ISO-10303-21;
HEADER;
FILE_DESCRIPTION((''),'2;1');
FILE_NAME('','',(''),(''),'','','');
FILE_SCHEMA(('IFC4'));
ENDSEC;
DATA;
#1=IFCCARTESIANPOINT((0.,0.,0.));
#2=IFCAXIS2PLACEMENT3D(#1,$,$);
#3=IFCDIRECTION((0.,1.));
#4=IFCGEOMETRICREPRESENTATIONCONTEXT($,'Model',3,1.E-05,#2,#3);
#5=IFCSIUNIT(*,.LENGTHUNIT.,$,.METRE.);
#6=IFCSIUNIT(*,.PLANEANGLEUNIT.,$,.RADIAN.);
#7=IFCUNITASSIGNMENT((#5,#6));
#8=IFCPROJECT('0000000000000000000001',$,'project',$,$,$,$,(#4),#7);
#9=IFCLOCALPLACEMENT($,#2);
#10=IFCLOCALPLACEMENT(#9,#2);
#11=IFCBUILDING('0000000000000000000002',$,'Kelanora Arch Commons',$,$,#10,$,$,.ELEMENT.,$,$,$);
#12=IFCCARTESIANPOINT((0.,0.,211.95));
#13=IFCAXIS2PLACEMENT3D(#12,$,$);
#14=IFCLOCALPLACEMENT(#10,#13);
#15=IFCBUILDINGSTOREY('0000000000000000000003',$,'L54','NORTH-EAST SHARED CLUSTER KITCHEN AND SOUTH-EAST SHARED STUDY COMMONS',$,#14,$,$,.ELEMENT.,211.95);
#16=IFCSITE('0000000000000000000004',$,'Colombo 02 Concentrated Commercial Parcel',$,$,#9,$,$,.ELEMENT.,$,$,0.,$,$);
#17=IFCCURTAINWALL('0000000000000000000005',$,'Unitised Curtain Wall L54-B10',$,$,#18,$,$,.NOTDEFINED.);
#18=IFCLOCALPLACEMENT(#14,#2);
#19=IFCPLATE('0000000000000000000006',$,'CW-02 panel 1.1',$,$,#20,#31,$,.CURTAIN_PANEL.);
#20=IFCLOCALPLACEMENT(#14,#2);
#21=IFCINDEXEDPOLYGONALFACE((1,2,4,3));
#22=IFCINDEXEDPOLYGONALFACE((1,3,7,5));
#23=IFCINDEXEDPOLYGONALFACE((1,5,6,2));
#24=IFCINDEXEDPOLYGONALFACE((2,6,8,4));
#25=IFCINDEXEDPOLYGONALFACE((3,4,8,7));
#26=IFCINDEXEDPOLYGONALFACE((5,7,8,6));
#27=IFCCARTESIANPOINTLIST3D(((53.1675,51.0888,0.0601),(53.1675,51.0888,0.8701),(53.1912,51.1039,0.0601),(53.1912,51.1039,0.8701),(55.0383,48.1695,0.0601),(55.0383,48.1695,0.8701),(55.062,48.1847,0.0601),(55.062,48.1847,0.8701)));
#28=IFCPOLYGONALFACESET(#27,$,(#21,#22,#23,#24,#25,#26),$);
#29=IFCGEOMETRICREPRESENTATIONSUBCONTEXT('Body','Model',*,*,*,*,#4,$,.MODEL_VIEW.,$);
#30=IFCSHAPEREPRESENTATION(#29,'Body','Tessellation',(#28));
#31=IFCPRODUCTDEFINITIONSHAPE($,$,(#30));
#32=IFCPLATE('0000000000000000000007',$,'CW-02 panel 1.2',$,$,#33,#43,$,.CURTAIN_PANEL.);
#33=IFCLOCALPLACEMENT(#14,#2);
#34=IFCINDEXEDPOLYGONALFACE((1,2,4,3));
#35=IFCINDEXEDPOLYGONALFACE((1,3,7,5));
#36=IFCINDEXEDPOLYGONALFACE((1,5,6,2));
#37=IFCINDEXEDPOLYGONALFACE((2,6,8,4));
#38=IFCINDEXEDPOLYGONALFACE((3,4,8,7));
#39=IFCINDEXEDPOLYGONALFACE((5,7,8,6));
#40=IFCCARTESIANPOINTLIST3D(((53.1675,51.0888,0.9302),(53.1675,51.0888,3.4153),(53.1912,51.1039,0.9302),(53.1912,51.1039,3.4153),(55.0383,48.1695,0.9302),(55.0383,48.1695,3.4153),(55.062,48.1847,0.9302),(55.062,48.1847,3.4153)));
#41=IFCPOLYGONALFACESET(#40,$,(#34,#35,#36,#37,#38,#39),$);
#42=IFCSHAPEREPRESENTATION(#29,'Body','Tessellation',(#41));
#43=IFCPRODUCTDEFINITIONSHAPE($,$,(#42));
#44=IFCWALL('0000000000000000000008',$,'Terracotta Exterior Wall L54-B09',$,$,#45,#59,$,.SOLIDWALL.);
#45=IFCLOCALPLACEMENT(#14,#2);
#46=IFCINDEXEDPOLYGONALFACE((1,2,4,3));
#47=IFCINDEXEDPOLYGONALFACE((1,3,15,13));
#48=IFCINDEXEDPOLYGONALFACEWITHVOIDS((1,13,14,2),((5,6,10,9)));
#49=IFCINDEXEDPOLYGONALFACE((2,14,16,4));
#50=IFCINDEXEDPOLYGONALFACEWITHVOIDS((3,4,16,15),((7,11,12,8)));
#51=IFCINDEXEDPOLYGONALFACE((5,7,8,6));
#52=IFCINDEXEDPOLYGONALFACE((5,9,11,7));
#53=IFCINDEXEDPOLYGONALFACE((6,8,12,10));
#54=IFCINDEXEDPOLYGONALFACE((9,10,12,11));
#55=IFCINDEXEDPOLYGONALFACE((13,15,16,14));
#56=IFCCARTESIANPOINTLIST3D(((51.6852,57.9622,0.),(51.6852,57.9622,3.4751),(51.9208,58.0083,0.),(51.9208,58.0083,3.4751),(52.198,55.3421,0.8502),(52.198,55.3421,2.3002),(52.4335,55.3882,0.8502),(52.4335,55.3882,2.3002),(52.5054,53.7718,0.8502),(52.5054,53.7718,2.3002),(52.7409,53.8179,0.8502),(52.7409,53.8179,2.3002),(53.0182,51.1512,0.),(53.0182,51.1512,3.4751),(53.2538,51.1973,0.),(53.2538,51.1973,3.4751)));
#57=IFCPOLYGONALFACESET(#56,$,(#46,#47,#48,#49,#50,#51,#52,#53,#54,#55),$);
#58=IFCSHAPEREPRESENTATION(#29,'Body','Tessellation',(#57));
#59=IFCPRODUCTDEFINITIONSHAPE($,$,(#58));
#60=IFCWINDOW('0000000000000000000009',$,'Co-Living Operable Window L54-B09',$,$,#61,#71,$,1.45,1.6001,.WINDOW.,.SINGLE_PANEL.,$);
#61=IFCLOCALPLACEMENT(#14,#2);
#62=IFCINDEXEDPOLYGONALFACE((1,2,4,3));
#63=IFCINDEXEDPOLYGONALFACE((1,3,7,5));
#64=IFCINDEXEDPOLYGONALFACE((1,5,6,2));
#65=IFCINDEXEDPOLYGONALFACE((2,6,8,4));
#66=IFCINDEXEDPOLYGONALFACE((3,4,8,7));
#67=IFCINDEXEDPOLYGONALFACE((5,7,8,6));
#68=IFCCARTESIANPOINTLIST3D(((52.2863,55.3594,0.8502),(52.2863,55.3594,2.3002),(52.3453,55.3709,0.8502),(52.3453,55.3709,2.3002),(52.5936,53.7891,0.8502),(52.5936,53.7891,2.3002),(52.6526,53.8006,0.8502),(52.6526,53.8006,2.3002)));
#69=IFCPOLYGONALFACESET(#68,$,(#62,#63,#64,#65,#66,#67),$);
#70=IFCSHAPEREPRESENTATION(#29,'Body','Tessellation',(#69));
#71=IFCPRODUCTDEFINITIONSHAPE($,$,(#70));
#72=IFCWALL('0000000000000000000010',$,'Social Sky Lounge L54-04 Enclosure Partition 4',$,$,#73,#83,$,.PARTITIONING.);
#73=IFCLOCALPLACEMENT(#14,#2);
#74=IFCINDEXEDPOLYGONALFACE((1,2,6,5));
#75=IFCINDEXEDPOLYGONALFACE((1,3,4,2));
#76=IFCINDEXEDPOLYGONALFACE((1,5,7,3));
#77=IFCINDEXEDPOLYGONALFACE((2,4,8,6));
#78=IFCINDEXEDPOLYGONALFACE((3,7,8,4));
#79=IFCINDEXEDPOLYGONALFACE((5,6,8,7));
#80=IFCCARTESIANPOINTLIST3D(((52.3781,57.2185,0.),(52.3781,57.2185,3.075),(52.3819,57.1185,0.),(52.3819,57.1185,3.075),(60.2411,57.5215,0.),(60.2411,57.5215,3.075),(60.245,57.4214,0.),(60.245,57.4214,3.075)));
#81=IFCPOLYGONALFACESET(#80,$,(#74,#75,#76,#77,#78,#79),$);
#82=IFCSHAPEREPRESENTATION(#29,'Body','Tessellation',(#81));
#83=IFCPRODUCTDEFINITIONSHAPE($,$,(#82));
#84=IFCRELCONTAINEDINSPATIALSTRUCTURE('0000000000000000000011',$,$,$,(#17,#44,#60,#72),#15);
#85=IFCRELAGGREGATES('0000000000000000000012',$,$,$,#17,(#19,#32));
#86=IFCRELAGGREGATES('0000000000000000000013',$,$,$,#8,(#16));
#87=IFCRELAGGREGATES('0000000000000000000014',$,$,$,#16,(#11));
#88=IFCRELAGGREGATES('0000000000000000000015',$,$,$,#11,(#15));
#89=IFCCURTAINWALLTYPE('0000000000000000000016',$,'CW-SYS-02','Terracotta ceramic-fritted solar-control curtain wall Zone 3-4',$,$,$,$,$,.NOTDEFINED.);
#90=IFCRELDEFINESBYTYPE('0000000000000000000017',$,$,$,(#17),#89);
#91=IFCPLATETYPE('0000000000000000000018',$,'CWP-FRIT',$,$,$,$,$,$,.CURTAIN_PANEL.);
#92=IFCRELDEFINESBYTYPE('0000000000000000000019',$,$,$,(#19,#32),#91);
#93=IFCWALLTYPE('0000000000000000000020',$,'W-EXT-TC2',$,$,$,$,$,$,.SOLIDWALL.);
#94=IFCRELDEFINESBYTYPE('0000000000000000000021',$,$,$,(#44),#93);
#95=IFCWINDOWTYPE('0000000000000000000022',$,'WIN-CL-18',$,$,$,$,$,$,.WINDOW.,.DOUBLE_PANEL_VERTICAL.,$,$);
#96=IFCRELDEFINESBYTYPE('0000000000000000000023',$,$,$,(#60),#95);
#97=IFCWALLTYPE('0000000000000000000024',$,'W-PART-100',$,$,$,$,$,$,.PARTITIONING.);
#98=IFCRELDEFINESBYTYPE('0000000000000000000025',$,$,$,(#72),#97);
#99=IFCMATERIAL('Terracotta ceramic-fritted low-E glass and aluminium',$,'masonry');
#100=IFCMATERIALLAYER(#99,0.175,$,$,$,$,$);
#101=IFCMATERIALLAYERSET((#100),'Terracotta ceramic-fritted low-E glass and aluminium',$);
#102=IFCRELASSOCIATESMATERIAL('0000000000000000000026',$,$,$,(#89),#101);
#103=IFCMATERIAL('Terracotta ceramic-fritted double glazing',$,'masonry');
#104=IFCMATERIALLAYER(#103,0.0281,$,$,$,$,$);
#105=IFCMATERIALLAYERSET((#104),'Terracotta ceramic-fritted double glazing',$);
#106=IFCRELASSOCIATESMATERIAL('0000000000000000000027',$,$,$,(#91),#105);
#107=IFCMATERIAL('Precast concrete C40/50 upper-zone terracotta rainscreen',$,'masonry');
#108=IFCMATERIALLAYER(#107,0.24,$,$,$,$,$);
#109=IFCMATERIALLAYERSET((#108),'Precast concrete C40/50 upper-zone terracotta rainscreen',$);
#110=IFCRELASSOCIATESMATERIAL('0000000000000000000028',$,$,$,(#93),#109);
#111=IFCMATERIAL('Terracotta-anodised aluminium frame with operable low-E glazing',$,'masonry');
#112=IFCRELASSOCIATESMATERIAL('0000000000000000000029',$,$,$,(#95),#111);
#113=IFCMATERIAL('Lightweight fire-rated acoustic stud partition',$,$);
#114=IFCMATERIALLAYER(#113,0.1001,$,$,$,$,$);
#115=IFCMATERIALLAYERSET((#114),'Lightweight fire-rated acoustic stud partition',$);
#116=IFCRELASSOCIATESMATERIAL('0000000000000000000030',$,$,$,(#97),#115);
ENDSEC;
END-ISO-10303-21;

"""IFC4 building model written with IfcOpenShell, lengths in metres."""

from ifc_helpers import new_model, si_unit, direction, frame, frame_2d, origin, origin_2d, place, context, subcontext, project, spatial, rectangle, extrude, source, transform, mapped, material, layer, layer_set, type_object, element, fill, aggregate, save


model = new_model("IFC4")

# Units and contexts
model_context = context("Model", 3, precision=1e-05, world=origin(), true_north=direction((0.0, 1.0)))
body_context = subcontext(model_context, "Body", "Model", "MODEL_VIEW")
ifc_project = project(units=[si_unit("LENGTHUNIT", "METRE"), si_unit("PLANEANGLEUNIT", "RADIAN")], contexts=[model_context])

# Site, building, storey
site_placement = place(None, origin())
site = spatial("IfcSite", under=ifc_project, at=site_placement, Name="Colombo 02 Concentrated Commercial Parcel", CompositionType="ELEMENT", RefElevation=0.0)
building_placement = place(site_placement, origin())
building = spatial("IfcBuilding", under=site, at=building_placement, Name="Kelanora Arch Commons", CompositionType="ELEMENT")
storey_placement = place(building_placement, frame((0.0, 0.0, 211.95)))
storey = spatial("IfcBuildingStorey", under=building, at=storey_placement, Name="L54", Description="NORTH-EAST SHARED CLUSTER KITCHEN AND SOUTH-EAST SHARED STUDY COMMONS", CompositionType="ELEMENT", Elevation=211.95)

# Shared definitions
ifc_material_1 = material(Name="Terracotta ceramic-fritted low-E glass and aluminium", Category="masonry")
ifc_layer_1 = layer(ifc_material_1, 0.175)
ifc_layer_set_1 = layer_set([ifc_layer_1], Name="Terracotta ceramic-fritted low-E glass and aluminium")
curtain_wall_type = type_object("IfcCurtainWallType", Name="CW-SYS-02", Description="Terracotta ceramic-fritted solar-control curtain wall Zone 3-4", PredefinedType="NOTDEFINED", material=ifc_layer_set_1)

# Curtain wall
curtain_wall_1_placement = place(storey_placement, origin())
curtain_wall_1 = element("IfcCurtainWall", 1, at=curtain_wall_1_placement, inside=storey, type_object=curtain_wall_type, Name="Unitised Curtain Wall L54-B10", PredefinedType="NOTDEFINED")

# Plates
ifc_material_2 = material(Name="Terracotta ceramic-fritted double glazing", Category="masonry")
ifc_layer_2 = layer(ifc_material_2, 0.0281)
ifc_layer_set_2 = layer_set([ifc_layer_2], Name="Terracotta ceramic-fritted double glazing")
plate_type = type_object("IfcPlateType", Name="CWP-FRIT", PredefinedType="CURTAIN_PANEL", material=ifc_layer_set_2)
shared_shape_1 = source(origin(), body_context, "Body", "SweptSolid", [
    extrude(rectangle(XDim=3.4673, YDim=0.0281, at=origin_2d()), origin(), (0.0, 0.0, 1.0), 0.8101),
])
plate_1_placement = place(storey_placement, frame((54.1147, 49.6367, 0.0601), z_axis=(0.0, 0.0, 1.0), x_axis=(0.539559, -0.841948, 0.0)))
plate_1 = element("IfcPlate", 2, at=plate_1_placement, type_object=plate_type, Name="CW-02 panel 1.1", PredefinedType="CURTAIN_PANEL", context=body_context, shape_type="MappedRepresentation", body=[
    mapped(shared_shape_1, transform((0.0, 0.0, 0.0), scale=1.0)),
])
shared_shape_2 = source(origin(), body_context, "Body", "SweptSolid", [
    extrude(rectangle(XDim=3.4673, YDim=0.0281, at=origin_2d()), origin(), (0.0, 0.0, 1.0), 2.4851),
])
plate_2_placement = place(storey_placement, frame((54.1147, 49.6367, 0.9302), z_axis=(0.0, 0.0, 1.0), x_axis=(0.539559, -0.841948, 0.0)))
plate_2 = element("IfcPlate", 3, at=plate_2_placement, type_object=plate_type, Name="CW-02 panel 1.2", PredefinedType="CURTAIN_PANEL", context=body_context, shape_type="MappedRepresentation", body=[
    mapped(shared_shape_2, transform((0.0, 0.0, 0.0), scale=1.0)),
])
aggregate(curtain_wall_1, [plate_1, plate_2])

# Wall, opening, window
ifc_material_3 = material(Name="Precast concrete C40/50 upper-zone terracotta rainscreen", Category="masonry")
ifc_layer_3 = layer(ifc_material_3, 0.24)
ifc_layer_set_3 = layer_set([ifc_layer_3], Name="Precast concrete C40/50 upper-zone terracotta rainscreen")
wall_type_1 = type_object("IfcWallType", Name="W-EXT-TC2", PredefinedType="SOLIDWALL", material=ifc_layer_set_3)
wall_1_placement = place(storey_placement, frame((51.803, 57.9854, 0.0), z_axis=(0.0, 0.0, 1.0), x_axis=(0.192069, -0.981381, 0.0)))
wall_1 = element("IfcWall", 4, at=wall_1_placement, inside=storey, type_object=wall_type_1, Name="Terracotta Exterior Wall L54-B09", PredefinedType="SOLIDWALL", context=body_context, shape_type="SweptSolid", body=[
    extrude(rectangle(XDim=6.9402, YDim=0.24, at=frame_2d((3.4702, 0.0))), origin(), (0.0, 0.0, 1.0), 3.4751),
])
opening_placement = place(wall_1_placement, frame((2.6699, 0.0, 0.8501)))
opening = element("IfcOpeningElement", 5, at=opening_placement, cuts=wall_1, PredefinedType="OPENING", context=body_context, shape_type="SweptSolid", body=[
    extrude(rectangle(XDim=1.6001, YDim=1.45, at=frame_2d((0.8, 0.7251))), frame((0.0, 0.1299, 0.0), z_axis=(0.0, -1.0, 0.0), x_axis=(1.0, 0.0, 0.0)), (0.0, 0.0, 1.0), 0.26),
])
ifc_material_4 = material(Name="Terracotta-anodised aluminium frame with operable low-E glazing", Category="masonry")
window_type = type_object("IfcWindowType", Name="WIN-CL-18", PartitioningType="DOUBLE_PANEL_VERTICAL", PredefinedType="WINDOW", material=ifc_material_4)
window_placement = place(opening_placement, origin())
window = element("IfcWindow", 6, at=window_placement, inside=storey, type_object=window_type, Name="Co-Living Operable Window L54-B09", OverallHeight=1.45, OverallWidth=1.6001, PartitioningType="SINGLE_PANEL", PredefinedType="WINDOW", context=body_context, shape_type="SweptSolid", body=[
    extrude(rectangle(XDim=1.6001, YDim=1.45, at=frame_2d((0.8, 0.7251))), frame((0.0, 0.03, 0.0), z_axis=(0.0, -1.0, 0.0), x_axis=(1.0, 0.0, 0.0)), (0.0, 0.0, 1.0), 0.0601),
])
fill(opening, window)

# Wall
ifc_material_5 = material(Name="Lightweight fire-rated acoustic stud partition")
ifc_layer_4 = layer(ifc_material_5, 0.1001)
ifc_layer_set_4 = layer_set([ifc_layer_4], Name="Lightweight fire-rated acoustic stud partition")
wall_type_2 = type_object("IfcWallType", Name="W-PART-100", PredefinedType="PARTITIONING", material=ifc_layer_set_4)
wall_2_placement = place(storey_placement, frame((52.3799, 57.1685, 0.0), z_axis=(0.0, 0.0, 1.0), x_axis=(0.999258, 0.038503, 0.0)))
element("IfcWall", 7, at=wall_2_placement, inside=storey, type_object=wall_type_2, Name="Social Sky Lounge L54-04 Enclosure Partition 4", PredefinedType="PARTITIONING", context=body_context, shape_type="SweptSolid", body=[
    extrude(rectangle(XDim=7.8689, YDim=0.1001, at=frame_2d((3.9346, 0.0))), origin(), (0.0, 0.0, 1.0), 3.075),
])

save(model, "model.ifc")
